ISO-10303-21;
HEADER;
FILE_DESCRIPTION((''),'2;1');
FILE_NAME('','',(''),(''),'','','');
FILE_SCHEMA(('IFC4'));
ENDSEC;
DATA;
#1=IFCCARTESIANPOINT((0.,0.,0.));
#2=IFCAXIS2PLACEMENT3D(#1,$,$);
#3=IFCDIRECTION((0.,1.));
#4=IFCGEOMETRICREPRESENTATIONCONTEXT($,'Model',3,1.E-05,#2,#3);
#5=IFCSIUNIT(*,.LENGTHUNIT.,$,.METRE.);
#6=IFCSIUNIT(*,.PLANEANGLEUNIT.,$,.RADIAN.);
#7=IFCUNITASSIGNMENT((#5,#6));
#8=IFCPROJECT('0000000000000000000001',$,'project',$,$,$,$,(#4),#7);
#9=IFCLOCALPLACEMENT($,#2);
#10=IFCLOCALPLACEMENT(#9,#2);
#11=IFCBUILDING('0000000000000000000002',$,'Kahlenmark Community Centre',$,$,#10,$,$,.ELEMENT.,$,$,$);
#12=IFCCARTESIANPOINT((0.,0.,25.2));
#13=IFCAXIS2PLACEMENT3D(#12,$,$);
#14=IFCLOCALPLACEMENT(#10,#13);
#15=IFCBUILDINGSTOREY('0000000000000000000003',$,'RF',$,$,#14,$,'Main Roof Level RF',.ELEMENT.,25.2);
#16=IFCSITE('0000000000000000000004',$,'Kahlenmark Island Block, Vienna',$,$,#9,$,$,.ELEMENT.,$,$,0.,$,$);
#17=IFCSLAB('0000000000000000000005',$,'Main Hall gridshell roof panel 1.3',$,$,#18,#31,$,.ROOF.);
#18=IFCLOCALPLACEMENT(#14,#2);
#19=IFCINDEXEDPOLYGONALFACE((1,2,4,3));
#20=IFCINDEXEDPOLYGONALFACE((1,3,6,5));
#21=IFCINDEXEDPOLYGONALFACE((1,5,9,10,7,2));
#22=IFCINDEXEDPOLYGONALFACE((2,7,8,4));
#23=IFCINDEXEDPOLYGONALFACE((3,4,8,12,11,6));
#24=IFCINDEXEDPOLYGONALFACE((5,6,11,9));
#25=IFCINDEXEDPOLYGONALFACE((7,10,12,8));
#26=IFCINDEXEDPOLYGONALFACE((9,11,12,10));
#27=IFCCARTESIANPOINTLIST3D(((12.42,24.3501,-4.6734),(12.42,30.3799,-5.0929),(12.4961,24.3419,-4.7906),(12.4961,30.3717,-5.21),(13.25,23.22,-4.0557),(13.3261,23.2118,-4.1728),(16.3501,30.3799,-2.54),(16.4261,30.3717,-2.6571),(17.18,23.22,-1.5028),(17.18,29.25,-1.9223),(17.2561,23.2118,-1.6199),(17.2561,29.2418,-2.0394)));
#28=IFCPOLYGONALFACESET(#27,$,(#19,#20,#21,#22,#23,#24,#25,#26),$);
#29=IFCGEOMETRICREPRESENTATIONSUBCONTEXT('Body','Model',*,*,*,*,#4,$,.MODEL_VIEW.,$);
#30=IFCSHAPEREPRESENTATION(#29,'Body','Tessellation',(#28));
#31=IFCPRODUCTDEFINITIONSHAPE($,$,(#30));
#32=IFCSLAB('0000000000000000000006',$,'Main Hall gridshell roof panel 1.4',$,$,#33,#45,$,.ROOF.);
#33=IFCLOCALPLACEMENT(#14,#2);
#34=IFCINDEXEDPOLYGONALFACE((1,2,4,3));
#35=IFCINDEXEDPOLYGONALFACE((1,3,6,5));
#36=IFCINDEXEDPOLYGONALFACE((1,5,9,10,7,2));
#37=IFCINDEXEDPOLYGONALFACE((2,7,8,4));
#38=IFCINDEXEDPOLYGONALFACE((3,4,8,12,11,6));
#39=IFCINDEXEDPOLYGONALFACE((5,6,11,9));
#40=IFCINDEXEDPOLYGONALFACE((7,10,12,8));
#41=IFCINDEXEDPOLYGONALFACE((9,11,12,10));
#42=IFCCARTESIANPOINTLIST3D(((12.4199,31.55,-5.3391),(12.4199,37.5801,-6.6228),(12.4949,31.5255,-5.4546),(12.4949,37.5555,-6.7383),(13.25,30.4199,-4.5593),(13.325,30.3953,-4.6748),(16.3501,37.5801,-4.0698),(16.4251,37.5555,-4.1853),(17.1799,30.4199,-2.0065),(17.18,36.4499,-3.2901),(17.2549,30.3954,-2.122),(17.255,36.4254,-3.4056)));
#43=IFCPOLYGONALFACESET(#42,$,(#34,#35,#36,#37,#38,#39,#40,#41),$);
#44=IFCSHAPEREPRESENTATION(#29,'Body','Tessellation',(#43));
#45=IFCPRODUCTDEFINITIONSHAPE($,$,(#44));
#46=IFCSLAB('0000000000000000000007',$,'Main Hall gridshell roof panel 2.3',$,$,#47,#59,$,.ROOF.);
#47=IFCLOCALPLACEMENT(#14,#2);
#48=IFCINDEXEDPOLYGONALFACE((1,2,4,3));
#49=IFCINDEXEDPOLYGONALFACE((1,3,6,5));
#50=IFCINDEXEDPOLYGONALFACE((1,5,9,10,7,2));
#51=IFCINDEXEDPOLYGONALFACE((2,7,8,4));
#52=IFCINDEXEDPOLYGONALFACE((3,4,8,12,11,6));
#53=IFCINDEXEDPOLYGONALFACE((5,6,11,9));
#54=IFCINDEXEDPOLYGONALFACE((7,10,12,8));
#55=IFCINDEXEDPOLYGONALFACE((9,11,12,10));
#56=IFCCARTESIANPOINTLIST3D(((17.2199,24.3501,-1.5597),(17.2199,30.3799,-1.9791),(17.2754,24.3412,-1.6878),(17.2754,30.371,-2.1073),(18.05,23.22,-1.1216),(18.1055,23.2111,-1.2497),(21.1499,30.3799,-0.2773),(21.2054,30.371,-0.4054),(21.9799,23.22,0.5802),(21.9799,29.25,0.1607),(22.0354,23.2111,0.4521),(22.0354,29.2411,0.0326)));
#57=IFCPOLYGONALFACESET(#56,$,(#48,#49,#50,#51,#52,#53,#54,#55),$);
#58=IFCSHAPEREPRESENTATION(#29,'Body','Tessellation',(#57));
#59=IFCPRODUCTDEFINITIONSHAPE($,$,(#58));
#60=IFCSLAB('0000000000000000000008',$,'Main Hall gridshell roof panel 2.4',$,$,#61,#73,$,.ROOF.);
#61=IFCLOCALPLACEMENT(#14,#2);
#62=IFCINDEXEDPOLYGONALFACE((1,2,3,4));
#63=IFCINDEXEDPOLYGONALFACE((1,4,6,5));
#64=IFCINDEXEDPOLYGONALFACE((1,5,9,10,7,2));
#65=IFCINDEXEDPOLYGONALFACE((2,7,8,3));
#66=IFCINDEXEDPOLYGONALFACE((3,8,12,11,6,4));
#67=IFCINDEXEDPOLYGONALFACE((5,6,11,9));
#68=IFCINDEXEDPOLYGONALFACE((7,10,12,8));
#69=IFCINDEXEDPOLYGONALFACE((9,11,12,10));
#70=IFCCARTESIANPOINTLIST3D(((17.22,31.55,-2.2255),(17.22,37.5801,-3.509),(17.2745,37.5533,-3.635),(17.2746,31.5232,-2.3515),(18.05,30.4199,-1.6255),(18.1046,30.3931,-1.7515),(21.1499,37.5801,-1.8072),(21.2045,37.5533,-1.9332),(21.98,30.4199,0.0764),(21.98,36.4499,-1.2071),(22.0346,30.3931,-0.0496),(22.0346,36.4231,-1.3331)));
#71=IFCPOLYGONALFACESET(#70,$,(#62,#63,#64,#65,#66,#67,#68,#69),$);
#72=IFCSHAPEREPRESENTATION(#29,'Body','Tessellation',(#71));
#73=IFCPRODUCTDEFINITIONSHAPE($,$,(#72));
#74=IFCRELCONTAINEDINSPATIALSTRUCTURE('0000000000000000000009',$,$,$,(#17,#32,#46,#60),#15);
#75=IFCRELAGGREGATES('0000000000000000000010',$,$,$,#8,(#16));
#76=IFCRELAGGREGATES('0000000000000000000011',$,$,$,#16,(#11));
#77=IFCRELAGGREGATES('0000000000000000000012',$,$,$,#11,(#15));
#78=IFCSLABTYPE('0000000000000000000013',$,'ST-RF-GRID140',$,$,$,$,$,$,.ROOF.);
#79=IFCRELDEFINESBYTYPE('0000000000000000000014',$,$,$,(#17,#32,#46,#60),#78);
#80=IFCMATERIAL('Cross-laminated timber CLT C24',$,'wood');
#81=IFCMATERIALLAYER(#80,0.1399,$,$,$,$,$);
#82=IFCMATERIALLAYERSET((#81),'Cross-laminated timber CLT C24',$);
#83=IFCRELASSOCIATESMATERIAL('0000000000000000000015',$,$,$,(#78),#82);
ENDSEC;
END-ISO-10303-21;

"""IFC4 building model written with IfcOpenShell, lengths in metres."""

from ifc_helpers import new_model, si_unit, direction, frame, origin, place, context, subcontext, project, spatial, polyline, outline, extrude, material, layer, layer_set, type_object, element, save


model = new_model("IFC4")

# Units and contexts
model_context = context("Model", 3, precision=1e-05, world=origin(), true_north=direction((0.0, 1.0)))
body_context = subcontext(model_context, "Body", "Model", "MODEL_VIEW")
ifc_project = project(units=[si_unit("LENGTHUNIT", "METRE"), si_unit("PLANEANGLEUNIT", "RADIAN")], contexts=[model_context])

# Site, building, storey
site_placement = place(None, origin())
site = spatial("IfcSite", under=ifc_project, at=site_placement, Name="Kahlenmark Island Block, Vienna", CompositionType="ELEMENT", RefElevation=0.0)
building_placement = place(site_placement, origin())
building = spatial("IfcBuilding", under=site, at=building_placement, Name="Kahlenmark Community Centre", CompositionType="ELEMENT")
storey_placement = place(building_placement, frame((0.0, 0.0, 25.2)))
storey = spatial("IfcBuildingStorey", under=building, at=storey_placement, Name="RF", LongName="Main Roof Level RF", CompositionType="ELEMENT", Elevation=25.2)

# Slabs
ifc_material_1 = material(Name="Cross-laminated timber CLT C24", Category="wood")
ifc_layer_1 = layer(ifc_material_1, 0.1399)
ifc_layer_set_1 = layer_set([ifc_layer_1], Name="Cross-laminated timber CLT C24")
slab_type = type_object("IfcSlabType", Name="ST-RF-GRID140", PredefinedType="ROOF", material=ifc_layer_set_1)
slab_1_placement = place(storey_placement, frame((13.25, 23.22, -4.0557), z_axis=(-0.54382, 0.058241, 0.837178), x_axis=(0.838602, -0.000002, 0.544745)))
element("IfcSlab", 1, at=slab_1_placement, inside=storey, type_object=slab_type, Name="Main Hall gridshell roof panel 1.3", PredefinedType="ROOF", context=body_context, shape_type="SweptSolid", body=[
    extrude(outline(polyline([(0.0, 0.0), (4.6864, 0.0), (4.4579, 6.0403), (3.4254, 7.1721), (-1.2611, 7.1721), (-1.0326, 1.132), (0.0, 0.0)])), origin(), (0.0, 0.0, -1.0), 0.1399),
])
slab_2_placement = place(storey_placement, frame((13.25, 30.4199, -4.5593), z_axis=(-0.53627, 0.175739, 0.825549), x_axis=(0.8386, 0.000004, 0.544747)))
element("IfcSlab", 2, at=slab_2_placement, inside=storey, type_object=slab_type, Name="Main Hall gridshell roof panel 1.4", PredefinedType="ROOF", context=body_context, shape_type="SweptSolid", body=[
    extrude(outline(polyline([(0.0, 0.0), (4.6862, 0.0), (3.9871, 6.1253), (2.8664, 7.2734), (-1.8202, 7.2734), (-1.1209, 1.148), (0.0, 0.0)])), origin(), (0.0, 0.0, -1.0), 0.1399),
])
slab_3_placement = place(storey_placement, frame((18.05, 23.22, -1.1216), z_axis=(-0.396575, 0.063708, 0.915789), x_axis=(0.917653, 0.000002, 0.397382)))
element("IfcSlab", 3, at=slab_3_placement, inside=storey, type_object=slab_type, Name="Main Hall gridshell roof panel 2.3", PredefinedType="ROOF", context=body_context, shape_type="SweptSolid", body=[
    extrude(outline(polyline([(0.0, 0.0), (4.2825, 0.0), (4.1159, 6.0423), (3.1801, 7.1745), (-1.1025, 7.1745), (-0.9359, 1.1324), (0.0, 0.0)])), origin(), (0.0, 0.0, -1.0), 0.1399),
])
slab_4_placement = place(storey_placement, frame((18.05, 30.4199, -1.6255), z_axis=(-0.390019, 0.191704, 0.90063), x_axis=(0.91765, -0.000002, 0.397389)))
element("IfcSlab", 4, at=slab_4_placement, inside=storey, type_object=slab_type, Name="Main Hall gridshell roof panel 2.4", PredefinedType="ROOF", context=body_context, shape_type="SweptSolid", body=[
    extrude(outline(polyline([(0.0, 0.0), (4.2826, 0.0), (3.7726, 6.144), (2.7724, 7.2955), (-1.5102, 7.2955), (-1.0001, 1.1515), (0.0, 0.0)])), origin(), (0.0, 0.0, -1.0), 0.1399),
])

save(model, "model.ifc")
